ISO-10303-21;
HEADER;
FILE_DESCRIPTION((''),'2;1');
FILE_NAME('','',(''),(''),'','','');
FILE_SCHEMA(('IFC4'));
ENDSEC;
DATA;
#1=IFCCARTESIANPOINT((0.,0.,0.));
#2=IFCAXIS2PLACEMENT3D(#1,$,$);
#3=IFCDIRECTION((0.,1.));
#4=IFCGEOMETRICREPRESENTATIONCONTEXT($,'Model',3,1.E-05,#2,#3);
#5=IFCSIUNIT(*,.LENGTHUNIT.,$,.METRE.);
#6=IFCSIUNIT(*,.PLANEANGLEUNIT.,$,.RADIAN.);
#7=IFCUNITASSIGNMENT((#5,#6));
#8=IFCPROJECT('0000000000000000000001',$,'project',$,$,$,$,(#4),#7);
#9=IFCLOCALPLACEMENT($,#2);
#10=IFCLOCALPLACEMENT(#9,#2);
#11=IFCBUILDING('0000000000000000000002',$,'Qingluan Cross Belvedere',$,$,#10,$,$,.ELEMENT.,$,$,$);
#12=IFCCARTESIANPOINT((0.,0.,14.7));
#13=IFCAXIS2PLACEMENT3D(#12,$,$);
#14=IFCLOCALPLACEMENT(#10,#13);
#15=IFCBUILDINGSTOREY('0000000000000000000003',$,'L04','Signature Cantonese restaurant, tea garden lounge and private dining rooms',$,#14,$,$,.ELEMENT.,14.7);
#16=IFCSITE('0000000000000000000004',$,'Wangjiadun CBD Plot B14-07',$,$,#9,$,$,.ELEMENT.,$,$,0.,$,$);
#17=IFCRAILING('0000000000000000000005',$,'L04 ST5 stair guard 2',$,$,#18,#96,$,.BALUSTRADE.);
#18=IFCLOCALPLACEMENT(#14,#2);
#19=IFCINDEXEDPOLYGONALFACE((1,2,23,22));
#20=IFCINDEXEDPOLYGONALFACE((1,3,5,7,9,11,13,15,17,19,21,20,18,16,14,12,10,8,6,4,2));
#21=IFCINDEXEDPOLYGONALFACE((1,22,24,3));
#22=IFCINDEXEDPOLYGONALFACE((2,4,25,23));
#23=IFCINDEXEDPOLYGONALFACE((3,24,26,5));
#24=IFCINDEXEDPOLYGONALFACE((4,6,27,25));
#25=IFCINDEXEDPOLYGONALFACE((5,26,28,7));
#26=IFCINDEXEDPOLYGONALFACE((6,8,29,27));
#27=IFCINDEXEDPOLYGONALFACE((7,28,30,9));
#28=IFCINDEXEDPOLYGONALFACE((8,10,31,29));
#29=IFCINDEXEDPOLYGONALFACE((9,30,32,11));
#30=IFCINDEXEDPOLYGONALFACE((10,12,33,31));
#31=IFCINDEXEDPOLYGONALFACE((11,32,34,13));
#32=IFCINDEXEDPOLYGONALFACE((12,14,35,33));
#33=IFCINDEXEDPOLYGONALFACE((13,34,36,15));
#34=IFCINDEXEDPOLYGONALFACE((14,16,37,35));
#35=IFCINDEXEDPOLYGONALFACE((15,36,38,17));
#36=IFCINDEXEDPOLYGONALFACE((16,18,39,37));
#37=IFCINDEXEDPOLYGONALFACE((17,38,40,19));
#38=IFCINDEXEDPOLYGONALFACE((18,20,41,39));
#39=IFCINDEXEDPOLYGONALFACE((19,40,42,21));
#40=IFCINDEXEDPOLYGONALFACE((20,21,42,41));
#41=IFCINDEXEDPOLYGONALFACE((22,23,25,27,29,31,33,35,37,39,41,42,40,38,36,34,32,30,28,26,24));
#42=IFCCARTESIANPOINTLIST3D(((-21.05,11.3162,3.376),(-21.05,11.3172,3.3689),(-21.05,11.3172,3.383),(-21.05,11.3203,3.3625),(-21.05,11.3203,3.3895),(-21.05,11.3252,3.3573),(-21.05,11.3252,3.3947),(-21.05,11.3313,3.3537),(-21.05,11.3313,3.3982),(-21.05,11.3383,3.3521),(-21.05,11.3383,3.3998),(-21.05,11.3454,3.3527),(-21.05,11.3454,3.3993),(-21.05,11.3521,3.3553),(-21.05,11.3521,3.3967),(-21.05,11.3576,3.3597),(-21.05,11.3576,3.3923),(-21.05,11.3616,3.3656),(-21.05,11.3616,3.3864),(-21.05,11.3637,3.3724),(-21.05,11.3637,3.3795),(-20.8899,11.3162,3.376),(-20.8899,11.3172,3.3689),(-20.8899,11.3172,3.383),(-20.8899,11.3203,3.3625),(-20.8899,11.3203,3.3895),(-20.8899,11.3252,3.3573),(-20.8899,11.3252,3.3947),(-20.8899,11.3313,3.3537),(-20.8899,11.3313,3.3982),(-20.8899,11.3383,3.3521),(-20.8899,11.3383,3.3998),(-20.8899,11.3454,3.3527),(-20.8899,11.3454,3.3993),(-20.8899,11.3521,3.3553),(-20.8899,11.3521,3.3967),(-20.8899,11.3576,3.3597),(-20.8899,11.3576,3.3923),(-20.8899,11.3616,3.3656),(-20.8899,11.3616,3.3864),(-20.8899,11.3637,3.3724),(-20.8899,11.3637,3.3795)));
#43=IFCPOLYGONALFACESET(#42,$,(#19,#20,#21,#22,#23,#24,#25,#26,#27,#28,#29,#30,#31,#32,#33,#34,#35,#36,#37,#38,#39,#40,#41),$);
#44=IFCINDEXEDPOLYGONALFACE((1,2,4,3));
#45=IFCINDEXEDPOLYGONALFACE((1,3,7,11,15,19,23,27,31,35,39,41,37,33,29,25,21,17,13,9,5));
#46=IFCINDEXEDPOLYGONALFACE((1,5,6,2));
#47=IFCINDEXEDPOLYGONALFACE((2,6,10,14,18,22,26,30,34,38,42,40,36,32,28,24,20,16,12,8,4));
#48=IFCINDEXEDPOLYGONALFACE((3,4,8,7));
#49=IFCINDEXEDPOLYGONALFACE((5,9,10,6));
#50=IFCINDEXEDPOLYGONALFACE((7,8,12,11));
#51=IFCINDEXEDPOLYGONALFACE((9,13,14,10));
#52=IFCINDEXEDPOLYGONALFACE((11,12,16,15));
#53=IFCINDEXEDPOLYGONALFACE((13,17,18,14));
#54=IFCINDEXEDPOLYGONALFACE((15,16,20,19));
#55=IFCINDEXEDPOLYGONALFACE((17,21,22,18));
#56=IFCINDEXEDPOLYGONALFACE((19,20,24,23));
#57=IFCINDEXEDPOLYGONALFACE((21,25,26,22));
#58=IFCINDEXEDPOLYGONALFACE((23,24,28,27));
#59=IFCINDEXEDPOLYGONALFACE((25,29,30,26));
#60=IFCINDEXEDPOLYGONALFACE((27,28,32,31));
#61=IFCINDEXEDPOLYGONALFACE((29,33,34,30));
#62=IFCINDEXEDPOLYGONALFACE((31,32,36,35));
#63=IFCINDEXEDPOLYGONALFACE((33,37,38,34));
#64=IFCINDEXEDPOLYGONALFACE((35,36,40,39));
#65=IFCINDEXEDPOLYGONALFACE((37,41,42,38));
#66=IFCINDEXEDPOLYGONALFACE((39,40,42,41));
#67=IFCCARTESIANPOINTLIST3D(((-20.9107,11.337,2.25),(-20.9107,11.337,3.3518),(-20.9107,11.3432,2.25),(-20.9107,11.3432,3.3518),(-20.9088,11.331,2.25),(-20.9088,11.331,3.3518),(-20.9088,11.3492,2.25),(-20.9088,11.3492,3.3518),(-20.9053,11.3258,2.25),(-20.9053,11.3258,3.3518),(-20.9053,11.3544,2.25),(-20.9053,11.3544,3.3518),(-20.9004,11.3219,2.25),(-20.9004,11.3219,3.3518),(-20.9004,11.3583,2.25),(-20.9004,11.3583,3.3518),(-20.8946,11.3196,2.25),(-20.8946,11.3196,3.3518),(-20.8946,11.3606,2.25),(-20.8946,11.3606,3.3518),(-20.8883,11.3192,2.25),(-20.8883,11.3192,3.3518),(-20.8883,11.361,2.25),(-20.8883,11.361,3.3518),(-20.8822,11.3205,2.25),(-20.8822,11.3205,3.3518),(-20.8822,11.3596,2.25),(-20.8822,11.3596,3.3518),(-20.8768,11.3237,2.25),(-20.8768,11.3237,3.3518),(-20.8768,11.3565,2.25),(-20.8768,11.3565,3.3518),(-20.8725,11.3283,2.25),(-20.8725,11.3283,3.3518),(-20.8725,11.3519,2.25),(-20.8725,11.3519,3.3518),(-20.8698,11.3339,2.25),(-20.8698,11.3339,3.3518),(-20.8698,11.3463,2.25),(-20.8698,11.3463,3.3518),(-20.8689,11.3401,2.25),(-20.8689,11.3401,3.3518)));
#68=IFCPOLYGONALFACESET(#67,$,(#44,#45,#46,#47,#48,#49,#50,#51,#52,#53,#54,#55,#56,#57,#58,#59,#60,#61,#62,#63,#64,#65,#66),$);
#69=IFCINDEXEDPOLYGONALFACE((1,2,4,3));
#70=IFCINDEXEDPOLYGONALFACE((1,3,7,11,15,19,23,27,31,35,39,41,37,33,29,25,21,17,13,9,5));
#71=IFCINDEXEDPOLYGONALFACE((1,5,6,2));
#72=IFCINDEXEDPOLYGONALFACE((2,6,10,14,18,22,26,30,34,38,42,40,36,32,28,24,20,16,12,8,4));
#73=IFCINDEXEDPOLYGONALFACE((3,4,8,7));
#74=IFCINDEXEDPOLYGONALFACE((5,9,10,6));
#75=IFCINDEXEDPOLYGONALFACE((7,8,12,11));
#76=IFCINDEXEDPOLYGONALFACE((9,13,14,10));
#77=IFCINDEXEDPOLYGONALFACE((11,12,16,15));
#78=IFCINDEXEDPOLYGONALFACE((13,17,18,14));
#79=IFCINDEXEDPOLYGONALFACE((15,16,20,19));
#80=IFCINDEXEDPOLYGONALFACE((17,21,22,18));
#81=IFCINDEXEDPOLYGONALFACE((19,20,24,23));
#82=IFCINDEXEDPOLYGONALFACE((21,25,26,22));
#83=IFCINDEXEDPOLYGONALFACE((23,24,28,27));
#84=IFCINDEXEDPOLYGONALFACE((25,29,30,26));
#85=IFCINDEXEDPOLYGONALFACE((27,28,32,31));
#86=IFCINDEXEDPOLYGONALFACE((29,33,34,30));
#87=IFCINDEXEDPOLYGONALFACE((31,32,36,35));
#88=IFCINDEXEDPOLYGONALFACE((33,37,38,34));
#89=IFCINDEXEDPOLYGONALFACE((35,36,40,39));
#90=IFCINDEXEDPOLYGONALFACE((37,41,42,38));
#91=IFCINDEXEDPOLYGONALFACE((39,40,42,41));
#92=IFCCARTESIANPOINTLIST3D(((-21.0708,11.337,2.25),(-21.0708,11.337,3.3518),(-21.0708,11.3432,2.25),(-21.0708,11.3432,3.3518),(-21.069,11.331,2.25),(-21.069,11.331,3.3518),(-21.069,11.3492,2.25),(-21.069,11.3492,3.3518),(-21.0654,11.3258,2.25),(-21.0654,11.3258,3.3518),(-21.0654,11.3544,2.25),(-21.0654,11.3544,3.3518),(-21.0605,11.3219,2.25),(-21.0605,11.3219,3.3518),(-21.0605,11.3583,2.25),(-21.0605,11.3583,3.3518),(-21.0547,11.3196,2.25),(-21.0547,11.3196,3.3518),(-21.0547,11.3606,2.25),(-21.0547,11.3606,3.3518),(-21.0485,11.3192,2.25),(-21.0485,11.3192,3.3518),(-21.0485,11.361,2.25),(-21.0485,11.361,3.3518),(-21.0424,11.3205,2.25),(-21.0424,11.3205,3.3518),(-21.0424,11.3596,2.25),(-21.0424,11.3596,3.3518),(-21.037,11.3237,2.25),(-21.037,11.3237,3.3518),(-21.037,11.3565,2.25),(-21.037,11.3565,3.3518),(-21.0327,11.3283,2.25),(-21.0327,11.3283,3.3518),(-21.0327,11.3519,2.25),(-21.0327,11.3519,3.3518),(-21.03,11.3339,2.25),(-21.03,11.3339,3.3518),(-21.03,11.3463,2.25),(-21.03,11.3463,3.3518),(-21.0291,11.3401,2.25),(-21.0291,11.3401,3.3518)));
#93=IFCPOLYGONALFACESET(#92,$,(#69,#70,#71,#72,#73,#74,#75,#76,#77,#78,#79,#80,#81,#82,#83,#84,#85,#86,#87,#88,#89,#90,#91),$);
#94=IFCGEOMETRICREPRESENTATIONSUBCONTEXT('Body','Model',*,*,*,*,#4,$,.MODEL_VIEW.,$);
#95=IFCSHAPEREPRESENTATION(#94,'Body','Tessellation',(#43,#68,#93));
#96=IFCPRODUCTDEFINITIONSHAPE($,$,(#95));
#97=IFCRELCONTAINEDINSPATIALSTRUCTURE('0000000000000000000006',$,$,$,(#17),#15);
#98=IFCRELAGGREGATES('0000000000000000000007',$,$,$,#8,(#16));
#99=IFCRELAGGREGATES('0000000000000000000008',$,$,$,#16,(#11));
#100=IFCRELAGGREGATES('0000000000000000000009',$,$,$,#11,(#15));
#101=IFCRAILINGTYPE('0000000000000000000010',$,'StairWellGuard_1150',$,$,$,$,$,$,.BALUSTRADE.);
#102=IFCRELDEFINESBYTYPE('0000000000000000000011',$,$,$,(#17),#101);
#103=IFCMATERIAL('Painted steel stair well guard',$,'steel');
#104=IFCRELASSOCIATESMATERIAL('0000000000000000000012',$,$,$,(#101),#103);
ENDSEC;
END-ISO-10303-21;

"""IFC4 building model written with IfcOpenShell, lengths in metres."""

from ifc_helpers import new_model, si_unit, direction, frame, origin, origin_2d, place, context, subcontext, project, spatial, circle, extrude, material, type_object, element, save


model = new_model("IFC4")

# Units and contexts
model_context = context("Model", 3, precision=1e-05, world=origin(), true_north=direction((0.0, 1.0)))
body_context = subcontext(model_context, "Body", "Model", "MODEL_VIEW")
ifc_project = project(units=[si_unit("LENGTHUNIT", "METRE"), si_unit("PLANEANGLEUNIT", "RADIAN")], contexts=[model_context])

# Site, building, storey
site_placement = place(None, origin())
site = spatial("IfcSite", under=ifc_project, at=site_placement, Name="Wangjiadun CBD Plot B14-07", CompositionType="ELEMENT", RefElevation=0.0)
building_placement = place(site_placement, origin())
building = spatial("IfcBuilding", under=site, at=building_placement, Name="Qingluan Cross Belvedere", CompositionType="ELEMENT")
storey_placement = place(building_placement, frame((0.0, 0.0, 14.7)))
storey = spatial("IfcBuildingStorey", under=building, at=storey_placement, Name="L04", Description="Signature Cantonese restaurant, tea garden lounge and private dining rooms", CompositionType="ELEMENT", Elevation=14.7)

# Railing
ifc_material_1 = material(Name="Painted steel stair well guard", Category="steel")
railing_type_1 = type_object("IfcRailingType", Name="StairWellGuard_1150", PredefinedType="BALUSTRADE", material=ifc_material_1)
railing_1_placement = place(storey_placement, frame((-20.8899, 11.3401, 2.25)))
element("IfcRailing", 1, at=railing_1_placement, inside=storey, type_object=railing_type_1, Name="L04 ST5 stair guard 2", PredefinedType="BALUSTRADE", context=body_context, shape_type="SweptSolid", body=[
    extrude(circle(Radius=0.0239, at=origin_2d()), frame((0.0, 0.0, 1.126), z_axis=(-1.0, 0.0, 0.0), x_axis=(0.0, -1.0, 0.0)), (0.0, 0.0, 1.0), 0.1602),
    extrude(circle(Radius=0.021, at=origin_2d()), origin(), (0.0, 0.0, 1.0), 1.1018),
    extrude(circle(Radius=0.021, at=origin_2d()), frame((-0.1602, 0.0, 0.0)), (0.0, 0.0, 1.0), 1.1018),
])

save(model, "model.ifc")
